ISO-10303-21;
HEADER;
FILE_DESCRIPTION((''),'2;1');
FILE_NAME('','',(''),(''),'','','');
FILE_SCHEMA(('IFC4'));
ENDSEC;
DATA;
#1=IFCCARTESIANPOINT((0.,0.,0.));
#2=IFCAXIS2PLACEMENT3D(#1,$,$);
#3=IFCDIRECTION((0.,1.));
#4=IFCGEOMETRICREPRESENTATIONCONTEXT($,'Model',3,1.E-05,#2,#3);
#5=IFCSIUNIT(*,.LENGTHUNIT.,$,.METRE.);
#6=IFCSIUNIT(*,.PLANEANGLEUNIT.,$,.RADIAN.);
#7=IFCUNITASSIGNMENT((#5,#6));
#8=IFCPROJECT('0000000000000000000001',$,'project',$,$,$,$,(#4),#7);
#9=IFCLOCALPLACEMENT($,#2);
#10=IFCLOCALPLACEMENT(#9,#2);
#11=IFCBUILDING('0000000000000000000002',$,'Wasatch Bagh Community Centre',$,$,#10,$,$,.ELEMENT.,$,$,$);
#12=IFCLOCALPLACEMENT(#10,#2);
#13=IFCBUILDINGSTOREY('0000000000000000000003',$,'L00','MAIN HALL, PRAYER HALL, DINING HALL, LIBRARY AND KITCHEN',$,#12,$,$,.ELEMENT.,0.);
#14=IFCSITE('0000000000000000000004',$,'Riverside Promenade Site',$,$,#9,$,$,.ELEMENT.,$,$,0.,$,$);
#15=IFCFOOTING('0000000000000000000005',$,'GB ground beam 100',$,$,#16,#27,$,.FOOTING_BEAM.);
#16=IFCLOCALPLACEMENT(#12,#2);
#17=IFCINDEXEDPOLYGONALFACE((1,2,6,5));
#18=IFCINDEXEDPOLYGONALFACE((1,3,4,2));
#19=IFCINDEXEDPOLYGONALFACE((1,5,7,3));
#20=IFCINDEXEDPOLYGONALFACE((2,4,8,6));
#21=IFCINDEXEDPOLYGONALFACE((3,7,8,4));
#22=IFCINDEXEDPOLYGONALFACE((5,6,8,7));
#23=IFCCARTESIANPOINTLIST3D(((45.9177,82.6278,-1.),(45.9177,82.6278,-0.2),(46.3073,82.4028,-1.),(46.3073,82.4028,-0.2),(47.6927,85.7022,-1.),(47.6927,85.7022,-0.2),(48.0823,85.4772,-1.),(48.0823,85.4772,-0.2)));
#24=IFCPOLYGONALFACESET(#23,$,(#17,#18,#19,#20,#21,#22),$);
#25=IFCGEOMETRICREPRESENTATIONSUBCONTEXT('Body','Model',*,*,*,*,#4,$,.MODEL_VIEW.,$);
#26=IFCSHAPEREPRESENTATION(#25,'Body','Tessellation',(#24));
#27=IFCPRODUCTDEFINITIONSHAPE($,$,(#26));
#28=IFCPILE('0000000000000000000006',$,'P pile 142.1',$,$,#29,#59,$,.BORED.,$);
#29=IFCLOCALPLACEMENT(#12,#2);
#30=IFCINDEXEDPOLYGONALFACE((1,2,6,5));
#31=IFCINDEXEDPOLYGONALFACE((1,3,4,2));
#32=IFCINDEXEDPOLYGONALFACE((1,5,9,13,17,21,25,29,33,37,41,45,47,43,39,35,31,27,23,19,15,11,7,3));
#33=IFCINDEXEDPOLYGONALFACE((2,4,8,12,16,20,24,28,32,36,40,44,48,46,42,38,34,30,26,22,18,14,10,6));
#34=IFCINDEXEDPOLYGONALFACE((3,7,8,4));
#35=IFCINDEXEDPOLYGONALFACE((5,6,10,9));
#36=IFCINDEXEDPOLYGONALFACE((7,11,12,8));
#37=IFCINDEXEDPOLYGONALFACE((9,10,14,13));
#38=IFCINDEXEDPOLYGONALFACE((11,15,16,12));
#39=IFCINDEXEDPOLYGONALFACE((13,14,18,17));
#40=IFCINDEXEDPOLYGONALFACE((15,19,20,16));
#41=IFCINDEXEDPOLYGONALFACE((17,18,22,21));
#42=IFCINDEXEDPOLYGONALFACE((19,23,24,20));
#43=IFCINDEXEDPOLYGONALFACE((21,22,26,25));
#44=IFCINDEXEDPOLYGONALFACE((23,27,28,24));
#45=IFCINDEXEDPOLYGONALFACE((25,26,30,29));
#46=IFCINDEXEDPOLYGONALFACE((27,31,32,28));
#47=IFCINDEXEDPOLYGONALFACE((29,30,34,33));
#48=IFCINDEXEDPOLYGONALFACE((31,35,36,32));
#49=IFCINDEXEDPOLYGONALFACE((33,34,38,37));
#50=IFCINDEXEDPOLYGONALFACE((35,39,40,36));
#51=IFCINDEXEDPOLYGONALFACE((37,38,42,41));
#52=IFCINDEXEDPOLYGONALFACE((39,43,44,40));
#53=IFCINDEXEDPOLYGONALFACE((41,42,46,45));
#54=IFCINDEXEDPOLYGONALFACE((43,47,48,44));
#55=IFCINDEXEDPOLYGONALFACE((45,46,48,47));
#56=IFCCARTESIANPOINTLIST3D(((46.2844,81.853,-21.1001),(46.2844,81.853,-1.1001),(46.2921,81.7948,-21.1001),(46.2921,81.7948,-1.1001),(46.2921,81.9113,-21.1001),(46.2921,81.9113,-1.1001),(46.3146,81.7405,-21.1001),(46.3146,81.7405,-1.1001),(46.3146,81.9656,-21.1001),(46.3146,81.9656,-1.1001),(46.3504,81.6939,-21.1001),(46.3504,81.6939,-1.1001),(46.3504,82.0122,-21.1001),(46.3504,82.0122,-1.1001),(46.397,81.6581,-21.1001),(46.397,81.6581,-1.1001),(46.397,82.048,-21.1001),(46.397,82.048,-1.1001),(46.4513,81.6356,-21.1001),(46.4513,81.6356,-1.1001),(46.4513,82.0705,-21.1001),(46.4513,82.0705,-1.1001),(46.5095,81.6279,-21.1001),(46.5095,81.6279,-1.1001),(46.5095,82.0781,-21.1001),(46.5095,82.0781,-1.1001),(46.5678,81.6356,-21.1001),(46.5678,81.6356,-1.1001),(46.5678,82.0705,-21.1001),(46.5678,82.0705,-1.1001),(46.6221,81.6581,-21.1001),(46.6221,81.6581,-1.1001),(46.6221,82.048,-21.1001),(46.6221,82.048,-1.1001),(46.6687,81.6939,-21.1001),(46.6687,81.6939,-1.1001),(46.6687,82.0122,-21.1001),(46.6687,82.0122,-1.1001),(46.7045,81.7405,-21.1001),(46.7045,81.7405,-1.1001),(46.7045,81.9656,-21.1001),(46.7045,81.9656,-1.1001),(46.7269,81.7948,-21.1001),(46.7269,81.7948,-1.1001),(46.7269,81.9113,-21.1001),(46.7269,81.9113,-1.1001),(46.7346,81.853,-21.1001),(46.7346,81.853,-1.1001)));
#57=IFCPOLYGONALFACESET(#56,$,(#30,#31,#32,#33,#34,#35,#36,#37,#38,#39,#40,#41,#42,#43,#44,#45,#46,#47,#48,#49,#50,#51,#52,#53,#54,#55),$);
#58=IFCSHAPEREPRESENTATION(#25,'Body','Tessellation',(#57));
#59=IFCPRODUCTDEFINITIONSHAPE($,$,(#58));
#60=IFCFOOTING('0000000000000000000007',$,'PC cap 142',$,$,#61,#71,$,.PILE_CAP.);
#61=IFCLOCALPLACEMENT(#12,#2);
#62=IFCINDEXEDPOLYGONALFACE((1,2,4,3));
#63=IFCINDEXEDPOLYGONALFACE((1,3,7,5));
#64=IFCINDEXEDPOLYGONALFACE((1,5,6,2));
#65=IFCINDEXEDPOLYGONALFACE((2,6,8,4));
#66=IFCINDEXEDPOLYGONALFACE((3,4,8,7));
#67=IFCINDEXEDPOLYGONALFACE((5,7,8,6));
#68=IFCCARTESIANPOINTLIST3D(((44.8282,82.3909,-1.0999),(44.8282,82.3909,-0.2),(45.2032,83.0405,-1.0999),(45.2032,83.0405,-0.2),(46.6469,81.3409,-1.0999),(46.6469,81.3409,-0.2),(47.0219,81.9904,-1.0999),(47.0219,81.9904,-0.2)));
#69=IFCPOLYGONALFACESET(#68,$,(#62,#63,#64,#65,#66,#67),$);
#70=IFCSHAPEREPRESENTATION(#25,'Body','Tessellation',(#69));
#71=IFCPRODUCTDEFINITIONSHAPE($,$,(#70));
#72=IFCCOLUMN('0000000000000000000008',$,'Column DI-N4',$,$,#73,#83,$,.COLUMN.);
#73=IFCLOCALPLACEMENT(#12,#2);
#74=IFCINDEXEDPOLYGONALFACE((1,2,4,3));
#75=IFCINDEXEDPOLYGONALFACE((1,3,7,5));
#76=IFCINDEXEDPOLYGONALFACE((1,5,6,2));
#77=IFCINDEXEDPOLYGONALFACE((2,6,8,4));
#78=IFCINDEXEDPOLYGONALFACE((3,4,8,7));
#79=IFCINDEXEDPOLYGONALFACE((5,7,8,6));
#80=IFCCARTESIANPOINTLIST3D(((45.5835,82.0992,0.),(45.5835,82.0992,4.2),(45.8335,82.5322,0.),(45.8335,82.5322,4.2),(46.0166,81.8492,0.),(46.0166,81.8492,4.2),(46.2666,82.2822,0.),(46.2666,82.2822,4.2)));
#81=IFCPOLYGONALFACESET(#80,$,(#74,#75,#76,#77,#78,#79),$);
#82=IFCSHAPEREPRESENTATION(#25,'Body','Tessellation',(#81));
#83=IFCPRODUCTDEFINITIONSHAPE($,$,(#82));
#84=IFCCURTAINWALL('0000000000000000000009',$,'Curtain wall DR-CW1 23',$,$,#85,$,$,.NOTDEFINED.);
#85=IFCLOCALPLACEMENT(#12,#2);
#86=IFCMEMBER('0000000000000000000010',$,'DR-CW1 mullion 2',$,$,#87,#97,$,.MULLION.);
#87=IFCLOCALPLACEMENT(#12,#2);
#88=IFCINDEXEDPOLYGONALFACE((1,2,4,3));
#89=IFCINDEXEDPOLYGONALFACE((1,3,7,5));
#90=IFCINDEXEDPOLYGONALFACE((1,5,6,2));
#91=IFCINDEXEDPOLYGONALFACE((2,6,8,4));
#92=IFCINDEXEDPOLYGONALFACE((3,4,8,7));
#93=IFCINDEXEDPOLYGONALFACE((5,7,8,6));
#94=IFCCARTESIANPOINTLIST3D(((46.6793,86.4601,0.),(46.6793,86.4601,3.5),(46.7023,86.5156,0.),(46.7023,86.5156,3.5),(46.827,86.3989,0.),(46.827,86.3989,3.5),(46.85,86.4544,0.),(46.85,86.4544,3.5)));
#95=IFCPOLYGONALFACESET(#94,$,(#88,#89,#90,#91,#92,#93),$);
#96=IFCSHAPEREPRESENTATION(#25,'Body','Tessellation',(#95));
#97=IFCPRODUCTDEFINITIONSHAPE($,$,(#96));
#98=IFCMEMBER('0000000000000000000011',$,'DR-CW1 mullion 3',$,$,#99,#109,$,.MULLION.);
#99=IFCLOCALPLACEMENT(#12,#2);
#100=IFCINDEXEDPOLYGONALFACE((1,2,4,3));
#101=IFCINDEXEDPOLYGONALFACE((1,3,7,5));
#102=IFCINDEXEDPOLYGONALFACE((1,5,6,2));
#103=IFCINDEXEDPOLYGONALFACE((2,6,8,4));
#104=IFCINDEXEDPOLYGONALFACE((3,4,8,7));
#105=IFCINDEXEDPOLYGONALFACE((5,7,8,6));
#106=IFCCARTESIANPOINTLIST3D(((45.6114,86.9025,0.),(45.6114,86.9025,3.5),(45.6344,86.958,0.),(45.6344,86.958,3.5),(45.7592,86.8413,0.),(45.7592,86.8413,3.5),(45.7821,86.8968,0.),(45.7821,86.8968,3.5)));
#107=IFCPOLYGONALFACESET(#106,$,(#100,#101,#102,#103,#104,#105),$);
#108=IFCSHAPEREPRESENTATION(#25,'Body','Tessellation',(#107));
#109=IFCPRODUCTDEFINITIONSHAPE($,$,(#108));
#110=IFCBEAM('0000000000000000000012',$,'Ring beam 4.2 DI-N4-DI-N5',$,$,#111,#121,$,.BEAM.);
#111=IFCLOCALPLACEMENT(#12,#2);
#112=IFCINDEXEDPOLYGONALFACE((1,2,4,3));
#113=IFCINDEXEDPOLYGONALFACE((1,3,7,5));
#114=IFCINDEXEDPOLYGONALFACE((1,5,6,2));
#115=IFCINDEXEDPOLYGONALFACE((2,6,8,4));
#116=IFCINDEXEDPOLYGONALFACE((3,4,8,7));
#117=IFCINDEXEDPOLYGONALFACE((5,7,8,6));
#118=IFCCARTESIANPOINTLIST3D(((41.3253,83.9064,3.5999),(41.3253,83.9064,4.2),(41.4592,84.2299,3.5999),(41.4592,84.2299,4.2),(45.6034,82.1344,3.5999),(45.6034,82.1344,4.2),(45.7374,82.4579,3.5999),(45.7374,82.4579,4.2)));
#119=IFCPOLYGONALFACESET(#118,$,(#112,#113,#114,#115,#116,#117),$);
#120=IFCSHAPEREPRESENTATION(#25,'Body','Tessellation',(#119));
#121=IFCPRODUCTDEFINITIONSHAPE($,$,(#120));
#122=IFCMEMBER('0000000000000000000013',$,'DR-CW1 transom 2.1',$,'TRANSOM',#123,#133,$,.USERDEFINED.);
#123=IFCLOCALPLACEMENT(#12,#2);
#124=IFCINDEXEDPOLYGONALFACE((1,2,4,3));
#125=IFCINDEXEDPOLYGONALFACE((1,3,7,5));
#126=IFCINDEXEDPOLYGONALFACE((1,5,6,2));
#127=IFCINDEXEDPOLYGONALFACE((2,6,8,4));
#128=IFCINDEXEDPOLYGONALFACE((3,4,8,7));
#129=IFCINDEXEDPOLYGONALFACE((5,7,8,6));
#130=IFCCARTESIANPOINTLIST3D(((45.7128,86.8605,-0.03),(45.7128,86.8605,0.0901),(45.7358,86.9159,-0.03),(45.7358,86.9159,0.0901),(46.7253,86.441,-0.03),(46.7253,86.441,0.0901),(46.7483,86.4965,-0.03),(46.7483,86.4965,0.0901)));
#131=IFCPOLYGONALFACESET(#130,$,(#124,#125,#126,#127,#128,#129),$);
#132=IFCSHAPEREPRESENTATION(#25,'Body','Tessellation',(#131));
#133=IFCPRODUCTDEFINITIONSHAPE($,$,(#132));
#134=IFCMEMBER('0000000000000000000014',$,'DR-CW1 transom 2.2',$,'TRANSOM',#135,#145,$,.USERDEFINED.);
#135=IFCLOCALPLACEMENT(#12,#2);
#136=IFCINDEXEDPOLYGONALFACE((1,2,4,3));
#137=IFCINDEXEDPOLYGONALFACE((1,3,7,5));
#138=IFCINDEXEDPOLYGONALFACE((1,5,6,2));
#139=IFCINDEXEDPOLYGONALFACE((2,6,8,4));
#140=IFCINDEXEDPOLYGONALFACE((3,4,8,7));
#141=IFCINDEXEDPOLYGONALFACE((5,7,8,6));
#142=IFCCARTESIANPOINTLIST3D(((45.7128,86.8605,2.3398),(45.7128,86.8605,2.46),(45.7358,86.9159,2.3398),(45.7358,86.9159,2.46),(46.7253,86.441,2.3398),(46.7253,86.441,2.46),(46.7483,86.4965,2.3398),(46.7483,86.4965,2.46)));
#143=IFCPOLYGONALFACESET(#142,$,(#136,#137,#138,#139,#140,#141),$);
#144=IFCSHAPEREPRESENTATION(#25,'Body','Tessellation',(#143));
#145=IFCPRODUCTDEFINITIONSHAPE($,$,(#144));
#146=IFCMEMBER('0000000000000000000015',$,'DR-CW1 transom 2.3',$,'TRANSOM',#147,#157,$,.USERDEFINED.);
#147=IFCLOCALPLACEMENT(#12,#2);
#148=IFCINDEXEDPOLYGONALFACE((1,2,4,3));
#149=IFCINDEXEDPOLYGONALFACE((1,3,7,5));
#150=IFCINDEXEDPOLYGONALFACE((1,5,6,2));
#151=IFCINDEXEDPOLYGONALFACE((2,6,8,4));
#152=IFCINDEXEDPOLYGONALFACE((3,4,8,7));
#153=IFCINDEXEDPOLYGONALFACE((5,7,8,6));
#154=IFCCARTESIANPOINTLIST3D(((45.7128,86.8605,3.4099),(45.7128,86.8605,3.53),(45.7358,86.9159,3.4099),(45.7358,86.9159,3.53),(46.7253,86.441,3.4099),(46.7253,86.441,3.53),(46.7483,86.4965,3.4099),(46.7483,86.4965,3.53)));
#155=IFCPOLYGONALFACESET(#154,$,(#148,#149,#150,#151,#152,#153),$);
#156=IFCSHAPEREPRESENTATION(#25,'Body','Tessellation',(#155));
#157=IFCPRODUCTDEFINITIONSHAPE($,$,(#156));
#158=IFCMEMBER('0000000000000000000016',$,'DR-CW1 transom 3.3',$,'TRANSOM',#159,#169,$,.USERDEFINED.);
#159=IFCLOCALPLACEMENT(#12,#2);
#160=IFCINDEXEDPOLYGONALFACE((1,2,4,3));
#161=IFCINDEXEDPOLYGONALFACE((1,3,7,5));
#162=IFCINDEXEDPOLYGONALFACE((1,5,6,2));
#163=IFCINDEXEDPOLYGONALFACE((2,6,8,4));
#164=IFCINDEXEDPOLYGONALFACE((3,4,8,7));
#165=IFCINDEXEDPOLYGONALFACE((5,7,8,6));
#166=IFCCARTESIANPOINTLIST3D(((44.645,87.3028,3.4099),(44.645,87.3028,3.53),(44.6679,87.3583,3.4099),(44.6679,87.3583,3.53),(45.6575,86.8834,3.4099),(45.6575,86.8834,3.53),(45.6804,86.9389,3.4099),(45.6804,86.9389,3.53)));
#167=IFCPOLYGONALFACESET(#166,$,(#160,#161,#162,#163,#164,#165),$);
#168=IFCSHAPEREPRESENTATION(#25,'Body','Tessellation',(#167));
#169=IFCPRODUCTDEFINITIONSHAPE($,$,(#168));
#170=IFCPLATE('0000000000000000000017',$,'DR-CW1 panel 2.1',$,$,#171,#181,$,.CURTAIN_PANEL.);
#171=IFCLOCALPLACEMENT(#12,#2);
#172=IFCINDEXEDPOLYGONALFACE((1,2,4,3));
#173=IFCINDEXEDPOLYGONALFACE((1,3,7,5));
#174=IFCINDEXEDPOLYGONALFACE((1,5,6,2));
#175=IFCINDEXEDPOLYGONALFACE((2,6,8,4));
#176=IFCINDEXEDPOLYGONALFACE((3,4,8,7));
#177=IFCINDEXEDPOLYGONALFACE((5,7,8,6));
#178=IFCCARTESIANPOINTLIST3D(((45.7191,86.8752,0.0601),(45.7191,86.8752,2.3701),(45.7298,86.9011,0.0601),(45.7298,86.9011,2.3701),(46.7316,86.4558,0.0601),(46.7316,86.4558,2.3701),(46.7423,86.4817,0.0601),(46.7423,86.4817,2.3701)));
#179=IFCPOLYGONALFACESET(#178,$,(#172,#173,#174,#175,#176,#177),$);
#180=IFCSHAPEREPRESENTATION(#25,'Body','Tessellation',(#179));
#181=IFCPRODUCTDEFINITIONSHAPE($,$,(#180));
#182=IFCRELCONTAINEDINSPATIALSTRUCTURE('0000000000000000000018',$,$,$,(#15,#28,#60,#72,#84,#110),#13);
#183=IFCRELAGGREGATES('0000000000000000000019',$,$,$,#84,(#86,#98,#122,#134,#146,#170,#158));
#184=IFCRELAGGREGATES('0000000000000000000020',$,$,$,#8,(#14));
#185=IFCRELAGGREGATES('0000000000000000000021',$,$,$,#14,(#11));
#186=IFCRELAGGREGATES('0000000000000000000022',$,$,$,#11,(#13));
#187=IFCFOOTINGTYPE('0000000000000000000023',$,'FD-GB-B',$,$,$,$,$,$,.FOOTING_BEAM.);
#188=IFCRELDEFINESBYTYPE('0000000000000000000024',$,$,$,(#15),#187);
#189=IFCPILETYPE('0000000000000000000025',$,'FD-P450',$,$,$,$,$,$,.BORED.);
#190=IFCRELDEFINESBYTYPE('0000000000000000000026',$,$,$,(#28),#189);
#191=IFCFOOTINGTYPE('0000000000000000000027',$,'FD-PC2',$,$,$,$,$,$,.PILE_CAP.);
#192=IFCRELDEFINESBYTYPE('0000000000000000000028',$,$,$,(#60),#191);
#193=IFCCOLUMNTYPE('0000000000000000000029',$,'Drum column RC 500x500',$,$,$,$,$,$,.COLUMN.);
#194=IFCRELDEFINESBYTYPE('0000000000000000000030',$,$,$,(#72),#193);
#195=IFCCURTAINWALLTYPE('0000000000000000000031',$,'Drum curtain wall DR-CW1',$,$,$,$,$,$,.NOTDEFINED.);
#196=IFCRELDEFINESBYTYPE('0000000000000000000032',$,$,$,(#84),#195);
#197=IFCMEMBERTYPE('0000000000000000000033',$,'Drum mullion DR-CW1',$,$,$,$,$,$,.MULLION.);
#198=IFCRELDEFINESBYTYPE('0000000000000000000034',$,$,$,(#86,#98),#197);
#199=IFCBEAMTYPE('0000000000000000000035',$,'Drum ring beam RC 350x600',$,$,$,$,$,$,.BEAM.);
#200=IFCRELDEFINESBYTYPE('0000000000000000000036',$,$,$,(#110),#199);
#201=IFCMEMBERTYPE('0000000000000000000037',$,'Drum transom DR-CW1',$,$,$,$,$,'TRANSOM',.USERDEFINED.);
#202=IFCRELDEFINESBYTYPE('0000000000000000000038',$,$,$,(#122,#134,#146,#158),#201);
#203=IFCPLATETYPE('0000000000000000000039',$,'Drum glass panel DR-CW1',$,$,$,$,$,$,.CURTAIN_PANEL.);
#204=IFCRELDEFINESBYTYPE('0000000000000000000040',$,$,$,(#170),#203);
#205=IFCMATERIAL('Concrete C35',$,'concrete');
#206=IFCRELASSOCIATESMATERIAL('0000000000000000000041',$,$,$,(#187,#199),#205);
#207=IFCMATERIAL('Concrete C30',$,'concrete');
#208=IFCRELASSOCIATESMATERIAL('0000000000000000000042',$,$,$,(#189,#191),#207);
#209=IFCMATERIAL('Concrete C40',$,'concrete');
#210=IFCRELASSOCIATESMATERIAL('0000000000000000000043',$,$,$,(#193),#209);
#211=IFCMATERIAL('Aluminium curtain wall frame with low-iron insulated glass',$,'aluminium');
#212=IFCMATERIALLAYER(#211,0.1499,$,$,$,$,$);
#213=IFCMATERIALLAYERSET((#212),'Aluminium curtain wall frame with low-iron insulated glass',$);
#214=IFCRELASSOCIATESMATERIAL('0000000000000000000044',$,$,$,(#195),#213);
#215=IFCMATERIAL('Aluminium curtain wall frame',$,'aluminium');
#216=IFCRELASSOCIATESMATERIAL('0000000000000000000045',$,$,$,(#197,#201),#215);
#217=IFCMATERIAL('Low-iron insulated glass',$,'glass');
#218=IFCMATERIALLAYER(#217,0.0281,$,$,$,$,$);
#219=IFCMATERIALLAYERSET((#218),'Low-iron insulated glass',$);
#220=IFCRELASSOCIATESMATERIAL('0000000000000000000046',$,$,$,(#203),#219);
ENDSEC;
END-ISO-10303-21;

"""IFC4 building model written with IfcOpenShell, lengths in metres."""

from ifc_helpers import new_model, si_unit, direction, frame, origin, origin_2d, place, context, subcontext, project, spatial, rectangle, circle, extrude, material, layer, layer_set, material_profile, profile_set, type_object, element, aggregate, save


model = new_model("IFC4")

# Units and contexts
model_context = context("Model", 3, precision=1e-05, world=origin(), true_north=direction((0.0, 1.0)))
body_context = subcontext(model_context, "Body", "Model", "MODEL_VIEW")
ifc_project = project(units=[si_unit("LENGTHUNIT", "METRE"), si_unit("PLANEANGLEUNIT", "RADIAN")], contexts=[model_context])

# Site, building, storey
site_placement = place(None, origin())
site = spatial("IfcSite", under=ifc_project, at=site_placement, Name="Riverside Promenade Site", CompositionType="ELEMENT", RefElevation=0.0)
building_placement = place(site_placement, origin())
building = spatial("IfcBuilding", under=site, at=building_placement, Name="Wasatch Bagh Community Centre", CompositionType="ELEMENT")
storey_placement = place(building_placement, origin())
storey = spatial("IfcBuildingStorey", under=building, at=storey_placement, Name="L00", Description="MAIN HALL, PRAYER HALL, DINING HALL, LIBRARY AND KITCHEN", CompositionType="ELEMENT", Elevation=0.0)

# Footing
ifc_material_1 = material(Name="Concrete C35", Category="concrete")
footing_type_1 = type_object("IfcFootingType", Name="FD-GB-B", PredefinedType="FOOTING_BEAM", material=ifc_material_1)
footing_1_placement = place(storey_placement, frame((47.0, 84.0525, -1.0), z_axis=(0.0, 0.0, 1.0), x_axis=(0.5, 0.866025, 0.0)))
element("IfcFooting", 1, at=footing_1_placement, inside=storey, type_object=footing_type_1, Name="GB ground beam 100", PredefinedType="FOOTING_BEAM", context=body_context, shape_type="SweptSolid", body=[
    extrude(rectangle(XDim=3.55, YDim=0.45, at=origin_2d()), origin(), (0.0, 0.0, 1.0), 0.8),
])

# Pile
ifc_material_2 = material(Name="Concrete C30", Category="concrete")
ifc_material_profile_1 = material_profile(ifc_material_2, circle(Radius=0.2251, at=origin_2d()), Name="RC D450")
ifc_profile_set_1 = profile_set([ifc_material_profile_1], Name="Concrete C30")
pile_type = type_object("IfcPileType", Name="FD-P450", PredefinedType="BORED", material=ifc_profile_set_1)
pile_placement = place(storey_placement, frame((46.5095, 81.853, -1.1001), z_axis=(0.0, 0.0, -1.0), x_axis=(1.0, 0.0, 0.0)))
element("IfcPile", 2, at=pile_placement, inside=storey, type_object=pile_type, Name="P pile 142.1", PredefinedType="BORED", context=body_context, shape_type="SweptSolid", body=[
    extrude(circle(Radius=0.2251, at=origin_2d()), origin(), (0.0, 0.0, 1.0), 20.0),
])

# Footing
footing_type_2 = type_object("IfcFootingType", Name="FD-PC2", PredefinedType="PILE_CAP", material=ifc_material_2)
footing_2_placement = place(storey_placement, frame((45.925, 82.1907, -1.0999), z_axis=(0.0, 0.0, 1.0), x_axis=(-0.866025, 0.5, 0.0)))
element("IfcFooting", 3, at=footing_2_placement, inside=storey, type_object=footing_type_2, Name="PC cap 142", PredefinedType="PILE_CAP", context=body_context, shape_type="SweptSolid", body=[
    extrude(rectangle(XDim=2.1001, YDim=0.75, at=origin_2d()), origin(), (0.0, 0.0, 1.0), 0.8999),
])

# Column
ifc_material_3 = material(Name="Concrete C40", Category="concrete")
ifc_material_profile_2 = material_profile(ifc_material_3, rectangle(XDim=0.5, YDim=0.5, at=origin_2d()), Name="RC 500x500")
ifc_profile_set_2 = profile_set([ifc_material_profile_2], Name="Concrete C40")
column_type = type_object("IfcColumnType", Name="Drum column RC 500x500", PredefinedType="COLUMN", material=ifc_profile_set_2)
column_placement = place(storey_placement, frame((45.925, 82.1907, 0.0), z_axis=(0.0, 0.0, 1.0), x_axis=(0.5, 0.866025, 0.0)))
element("IfcColumn", 4, at=column_placement, inside=storey, type_object=column_type, Name="Column DI-N4", PredefinedType="COLUMN", context=body_context, shape_type="SweptSolid", body=[
    extrude(rectangle(XDim=0.5, YDim=0.5, at=origin_2d()), origin(), (0.0, 0.0, 1.0), 4.2),
])

# Curtain wall, members
ifc_material_4 = material(Name="Aluminium curtain wall frame with low-iron insulated glass", Category="aluminium")
ifc_layer_1 = layer(ifc_material_4, 0.1499)
ifc_layer_set_1 = layer_set([ifc_layer_1], Name="Aluminium curtain wall frame with low-iron insulated glass")
curtain_wall_type = type_object("IfcCurtainWallType", Name="Drum curtain wall DR-CW1", PredefinedType="NOTDEFINED", material=ifc_layer_set_1)
curtain_wall_placement = place(storey_placement, origin())
curtain_wall = element("IfcCurtainWall", 5, at=curtain_wall_placement, inside=storey, type_object=curtain_wall_type, Name="Curtain wall DR-CW1 23", PredefinedType="NOTDEFINED")
ifc_material_5 = material(Name="Aluminium curtain wall frame", Category="aluminium")
ifc_material_profile_3 = material_profile(ifc_material_5, rectangle(XDim=0.0601, YDim=0.1599, at=origin_2d()), Name="Drum mullion DR-CW1")
ifc_profile_set_3 = profile_set([ifc_material_profile_3], Name="Aluminium curtain wall frame")
member_type_1 = type_object("IfcMemberType", Name="Drum mullion DR-CW1", PredefinedType="MULLION", material=ifc_profile_set_3)
member_1_placement = place(storey_placement, frame((46.7646, 86.4573, 0.0), z_axis=(0.0, 0.0, 1.0), x_axis=(-0.382683, -0.92388, 0.0)))
member_1 = element("IfcMember", 6, at=member_1_placement, type_object=member_type_1, Name="DR-CW1 mullion 2", PredefinedType="MULLION", context=body_context, shape_type="SweptSolid", body=[
    extrude(rectangle(XDim=0.0601, YDim=0.1599, at=origin_2d()), origin(), (0.0, 0.0, 1.0), 3.5),
])
member_2_placement = place(storey_placement, frame((45.6968, 86.8997, 0.0), z_axis=(0.0, 0.0, 1.0), x_axis=(-0.382683, -0.92388, 0.0)))
member_2 = element("IfcMember", 7, at=member_2_placement, type_object=member_type_1, Name="DR-CW1 mullion 3", PredefinedType="MULLION", context=body_context, shape_type="SweptSolid", body=[
    extrude(rectangle(XDim=0.0601, YDim=0.1599, at=origin_2d()), origin(), (0.0, 0.0, 1.0), 3.5),
])

# Beam
ifc_material_profile_4 = material_profile(ifc_material_1, rectangle(XDim=0.3501, YDim=0.6001, at=origin_2d()), Name="RC 350x600")
ifc_profile_set_4 = profile_set([ifc_material_profile_4], Name="Concrete C35")
beam_type = type_object("IfcBeamType", Name="Drum ring beam RC 350x600", PredefinedType="BEAM", material=ifc_profile_set_4)
beam_placement = place(storey_placement, frame((45.6704, 82.2961, 3.8999), z_axis=(-0.923884, 0.382672, 0.0), x_axis=(-0.382672, -0.923884, 0.0)))
element("IfcBeam", 8, at=beam_placement, inside=storey, type_object=beam_type, Name="Ring beam 4.2 DI-N4-DI-N5", PredefinedType="BEAM", context=body_context, shape_type="SweptSolid", body=[
    extrude(rectangle(XDim=0.3501, YDim=0.6001, at=origin_2d()), origin(), (0.0, 0.0, 1.0), 4.6306),
])

# Members
ifc_material_profile_5 = material_profile(ifc_material_5, rectangle(XDim=0.0601, YDim=0.1201, at=origin_2d()), Name="Drum transom DR-CW1")
ifc_profile_set_5 = profile_set([ifc_material_profile_5], Name="Aluminium curtain wall frame")
member_type_2 = type_object("IfcMemberType", Name="Drum transom DR-CW1", ElementType="TRANSOM", PredefinedType="USERDEFINED", material=ifc_profile_set_5)
member_3_placement = place(storey_placement, frame((46.7368, 86.4688, 0.03), z_axis=(-0.923859, 0.382732, 0.0), x_axis=(-0.382732, -0.923859, 0.0)))
member_3 = element("IfcMember", 9, at=member_3_placement, type_object=member_type_2, Name="DR-CW1 transom 2.1", ObjectType="TRANSOM", PredefinedType="USERDEFINED", context=body_context, shape_type="SweptSolid", body=[
    extrude(rectangle(XDim=0.0601, YDim=0.1201, at=origin_2d()), origin(), (0.0, 0.0, 1.0), 1.0959),
])
member_4_placement = place(storey_placement, frame((46.7368, 86.4688, 2.3999), z_axis=(-0.923859, 0.382732, 0.0), x_axis=(-0.382732, -0.923859, 0.0)))
member_4 = element("IfcMember", 10, at=member_4_placement, type_object=member_type_2, Name="DR-CW1 transom 2.2", ObjectType="TRANSOM", PredefinedType="USERDEFINED", context=body_context, shape_type="SweptSolid", body=[
    extrude(rectangle(XDim=0.0601, YDim=0.1201, at=origin_2d()), origin(), (0.0, 0.0, 1.0), 1.0959),
])
member_5_placement = place(storey_placement, frame((46.7368, 86.4688, 3.47), z_axis=(-0.923859, 0.382732, 0.0), x_axis=(-0.382732, -0.923859, 0.0)))
member_5 = element("IfcMember", 11, at=member_5_placement, type_object=member_type_2, Name="DR-CW1 transom 2.3", ObjectType="TRANSOM", PredefinedType="USERDEFINED", context=body_context, shape_type="SweptSolid", body=[
    extrude(rectangle(XDim=0.0601, YDim=0.1201, at=origin_2d()), origin(), (0.0, 0.0, 1.0), 1.0959),
])
member_6_placement = place(storey_placement, frame((45.6689, 86.9111, 3.47), z_axis=(-0.923859, 0.382732, 0.0), x_axis=(-0.382732, -0.923859, 0.0)))
member_6 = element("IfcMember", 12, at=member_6_placement, type_object=member_type_2, Name="DR-CW1 transom 3.3", ObjectType="TRANSOM", PredefinedType="USERDEFINED", context=body_context, shape_type="SweptSolid", body=[
    extrude(rectangle(XDim=0.0601, YDim=0.1201, at=origin_2d()), origin(), (0.0, 0.0, 1.0), 1.0959),
])

# Plate
ifc_material_6 = material(Name="Low-iron insulated glass", Category="glass")
ifc_layer_2 = layer(ifc_material_6, 0.0281)
ifc_layer_set_2 = layer_set([ifc_layer_2], Name="Low-iron insulated glass")
plate_type = type_object("IfcPlateType", Name="Drum glass panel DR-CW1", PredefinedType="CURTAIN_PANEL", material=ifc_layer_set_2)
plate_1_placement = place(storey_placement, frame((46.2307, 86.6785, 0.0601), z_axis=(0.0, 0.0, 1.0), x_axis=(-0.92388, 0.382683, 0.0)))
plate_1 = element("IfcPlate", 13, at=plate_1_placement, type_object=plate_type, Name="DR-CW1 panel 2.1", PredefinedType="CURTAIN_PANEL", context=body_context, shape_type="SweptSolid", body=[
    extrude(rectangle(XDim=1.0959, YDim=0.0281, at=origin_2d()), origin(), (0.0, 0.0, 1.0), 2.3101),
])
aggregate(curtain_wall, [member_1, member_2, member_3, member_4, member_5, plate_1, member_6])

save(model, "model.ifc")
